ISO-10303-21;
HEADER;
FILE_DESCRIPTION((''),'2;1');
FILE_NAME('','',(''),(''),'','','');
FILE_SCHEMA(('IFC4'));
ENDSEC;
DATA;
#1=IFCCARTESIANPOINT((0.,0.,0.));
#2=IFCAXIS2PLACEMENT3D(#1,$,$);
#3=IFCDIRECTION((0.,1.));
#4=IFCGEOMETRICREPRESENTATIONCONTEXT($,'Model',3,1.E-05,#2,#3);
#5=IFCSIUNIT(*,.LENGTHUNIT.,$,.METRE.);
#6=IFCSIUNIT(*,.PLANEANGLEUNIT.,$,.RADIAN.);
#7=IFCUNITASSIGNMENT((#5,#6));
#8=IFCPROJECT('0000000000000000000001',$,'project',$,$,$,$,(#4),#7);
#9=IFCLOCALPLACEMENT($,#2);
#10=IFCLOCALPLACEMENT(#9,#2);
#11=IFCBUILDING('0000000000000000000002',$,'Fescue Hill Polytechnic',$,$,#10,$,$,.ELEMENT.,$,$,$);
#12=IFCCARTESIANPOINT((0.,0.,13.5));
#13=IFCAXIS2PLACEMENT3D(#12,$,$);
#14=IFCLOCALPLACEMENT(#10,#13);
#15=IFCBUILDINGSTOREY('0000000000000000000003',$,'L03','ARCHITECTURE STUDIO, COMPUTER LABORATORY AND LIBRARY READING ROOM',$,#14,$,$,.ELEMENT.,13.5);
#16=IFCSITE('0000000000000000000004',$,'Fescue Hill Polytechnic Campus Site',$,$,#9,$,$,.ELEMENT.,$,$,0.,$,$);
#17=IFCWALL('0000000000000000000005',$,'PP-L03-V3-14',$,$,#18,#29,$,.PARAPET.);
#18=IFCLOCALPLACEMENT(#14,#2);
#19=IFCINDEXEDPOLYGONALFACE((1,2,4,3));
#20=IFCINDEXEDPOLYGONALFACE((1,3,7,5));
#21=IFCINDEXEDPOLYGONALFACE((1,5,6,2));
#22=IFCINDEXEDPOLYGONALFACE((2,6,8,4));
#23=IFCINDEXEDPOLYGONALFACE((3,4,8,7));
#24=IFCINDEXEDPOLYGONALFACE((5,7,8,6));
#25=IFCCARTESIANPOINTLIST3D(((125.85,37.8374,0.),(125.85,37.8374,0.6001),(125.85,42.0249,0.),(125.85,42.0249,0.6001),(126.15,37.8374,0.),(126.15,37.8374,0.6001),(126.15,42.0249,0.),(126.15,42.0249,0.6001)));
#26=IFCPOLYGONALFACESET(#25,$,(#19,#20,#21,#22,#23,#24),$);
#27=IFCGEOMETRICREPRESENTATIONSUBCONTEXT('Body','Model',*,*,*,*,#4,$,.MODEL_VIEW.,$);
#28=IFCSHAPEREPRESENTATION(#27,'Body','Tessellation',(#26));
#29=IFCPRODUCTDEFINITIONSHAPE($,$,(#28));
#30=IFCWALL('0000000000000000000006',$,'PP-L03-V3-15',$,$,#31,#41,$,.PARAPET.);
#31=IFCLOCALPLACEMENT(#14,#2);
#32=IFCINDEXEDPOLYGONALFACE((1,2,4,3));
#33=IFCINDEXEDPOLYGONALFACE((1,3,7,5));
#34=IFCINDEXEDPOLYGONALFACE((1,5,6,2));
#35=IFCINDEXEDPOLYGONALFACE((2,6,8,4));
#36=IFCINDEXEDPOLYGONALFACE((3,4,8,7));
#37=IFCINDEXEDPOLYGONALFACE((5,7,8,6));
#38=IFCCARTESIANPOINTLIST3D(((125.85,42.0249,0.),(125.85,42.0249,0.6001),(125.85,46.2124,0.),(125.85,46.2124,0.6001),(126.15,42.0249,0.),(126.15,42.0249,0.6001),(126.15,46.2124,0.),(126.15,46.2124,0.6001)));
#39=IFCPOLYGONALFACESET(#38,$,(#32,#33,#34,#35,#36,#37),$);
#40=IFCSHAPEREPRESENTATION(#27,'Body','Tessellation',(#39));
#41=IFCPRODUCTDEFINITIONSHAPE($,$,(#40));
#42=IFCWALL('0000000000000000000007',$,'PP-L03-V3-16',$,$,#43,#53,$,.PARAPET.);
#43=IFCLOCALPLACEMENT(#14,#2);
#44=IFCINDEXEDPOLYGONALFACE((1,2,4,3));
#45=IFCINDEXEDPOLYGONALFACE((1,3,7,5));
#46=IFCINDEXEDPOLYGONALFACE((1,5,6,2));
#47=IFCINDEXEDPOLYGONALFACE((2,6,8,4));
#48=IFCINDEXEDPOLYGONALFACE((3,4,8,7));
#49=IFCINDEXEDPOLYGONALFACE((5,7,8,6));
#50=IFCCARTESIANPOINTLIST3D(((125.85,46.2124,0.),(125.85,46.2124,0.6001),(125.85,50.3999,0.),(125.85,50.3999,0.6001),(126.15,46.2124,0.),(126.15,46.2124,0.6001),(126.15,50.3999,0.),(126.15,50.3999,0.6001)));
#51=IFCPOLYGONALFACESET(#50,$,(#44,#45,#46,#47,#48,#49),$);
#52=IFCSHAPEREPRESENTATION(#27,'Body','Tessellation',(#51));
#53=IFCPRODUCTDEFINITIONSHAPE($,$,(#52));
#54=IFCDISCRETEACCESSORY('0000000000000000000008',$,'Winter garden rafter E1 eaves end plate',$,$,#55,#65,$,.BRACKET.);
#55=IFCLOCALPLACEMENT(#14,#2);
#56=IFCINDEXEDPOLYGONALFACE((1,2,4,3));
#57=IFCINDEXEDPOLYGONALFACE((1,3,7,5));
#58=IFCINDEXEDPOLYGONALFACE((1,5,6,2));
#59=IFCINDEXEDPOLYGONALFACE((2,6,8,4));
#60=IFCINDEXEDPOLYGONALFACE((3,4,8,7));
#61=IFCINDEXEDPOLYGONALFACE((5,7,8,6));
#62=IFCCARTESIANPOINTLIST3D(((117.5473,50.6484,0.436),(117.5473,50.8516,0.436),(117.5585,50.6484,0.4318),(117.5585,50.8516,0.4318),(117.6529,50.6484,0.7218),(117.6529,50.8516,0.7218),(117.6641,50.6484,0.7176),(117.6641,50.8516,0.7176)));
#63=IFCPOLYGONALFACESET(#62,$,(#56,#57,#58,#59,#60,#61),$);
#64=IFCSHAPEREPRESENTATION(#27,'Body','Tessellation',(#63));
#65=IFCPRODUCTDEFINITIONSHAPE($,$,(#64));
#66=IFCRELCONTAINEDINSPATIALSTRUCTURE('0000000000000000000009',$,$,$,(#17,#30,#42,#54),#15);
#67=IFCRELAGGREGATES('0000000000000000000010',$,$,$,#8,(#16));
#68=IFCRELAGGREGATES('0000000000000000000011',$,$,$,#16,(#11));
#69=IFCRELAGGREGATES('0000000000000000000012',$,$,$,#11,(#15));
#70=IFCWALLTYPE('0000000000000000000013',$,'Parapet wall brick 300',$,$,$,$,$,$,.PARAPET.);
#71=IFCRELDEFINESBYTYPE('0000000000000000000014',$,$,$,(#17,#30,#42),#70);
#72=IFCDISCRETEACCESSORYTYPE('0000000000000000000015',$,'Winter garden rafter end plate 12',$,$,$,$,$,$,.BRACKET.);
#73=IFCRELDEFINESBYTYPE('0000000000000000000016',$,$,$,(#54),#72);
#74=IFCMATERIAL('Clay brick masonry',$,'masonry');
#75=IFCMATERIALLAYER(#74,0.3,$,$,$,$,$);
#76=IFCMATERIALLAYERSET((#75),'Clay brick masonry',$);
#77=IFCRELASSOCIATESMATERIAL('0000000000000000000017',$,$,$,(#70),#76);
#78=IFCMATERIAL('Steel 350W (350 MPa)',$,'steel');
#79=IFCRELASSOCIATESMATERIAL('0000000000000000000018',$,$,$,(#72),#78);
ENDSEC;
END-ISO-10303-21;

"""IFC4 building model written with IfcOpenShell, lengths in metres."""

from ifc_helpers import new_model, si_unit, direction, frame, frame_2d, origin, origin_2d, place, context, subcontext, project, spatial, rectangle, extrude, material, layer, layer_set, material_profile, profile_set, type_object, element, save


model = new_model("IFC4")

# Units and contexts
model_context = context("Model", 3, precision=1e-05, world=origin(), true_north=direction((0.0, 1.0)))
body_context = subcontext(model_context, "Body", "Model", "MODEL_VIEW")
ifc_project = project(units=[si_unit("LENGTHUNIT", "METRE"), si_unit("PLANEANGLEUNIT", "RADIAN")], contexts=[model_context])

# Site, building, storey
site_placement = place(None, origin())
site = spatial("IfcSite", under=ifc_project, at=site_placement, Name="Fescue Hill Polytechnic Campus Site", CompositionType="ELEMENT", RefElevation=0.0)
building_placement = place(site_placement, origin())
building = spatial("IfcBuilding", under=site, at=building_placement, Name="Fescue Hill Polytechnic", CompositionType="ELEMENT")
storey_placement = place(building_placement, frame((0.0, 0.0, 13.5)))
storey = spatial("IfcBuildingStorey", under=building, at=storey_placement, Name="L03", Description="ARCHITECTURE STUDIO, COMPUTER LABORATORY AND LIBRARY READING ROOM", CompositionType="ELEMENT", Elevation=13.5)

# Shared definitions
ifc_material_1 = material(Name="Steel 350W (350 MPa)", Category="steel")

# Walls
ifc_material_2 = material(Name="Clay brick masonry", Category="masonry")
ifc_layer_1 = layer(ifc_material_2, 0.3)
ifc_layer_set_1 = layer_set([ifc_layer_1], Name="Clay brick masonry")
wall_type_1 = type_object("IfcWallType", Name="Parapet wall brick 300", PredefinedType="PARAPET", material=ifc_layer_set_1)
for number, where, z_axis, x_axis, name in (
    (1, (126.0, 37.8374, 0.0), (0.0, 0.0, 1.0), (0.0, 1.0, 0.0), "PP-L03-V3-14"),
    (2, (126.0, 42.0249, 0.0), (0.0, 0.0, 1.0), (0.0, 1.0, 0.0), "PP-L03-V3-15"),
    (3, (126.0, 46.2124, 0.0), (0.0, 0.0, 1.0), (0.0, 1.0, 0.0), "PP-L03-V3-16"),
):
    element("IfcWall", number, at=place(storey_placement, frame(where, z_axis=z_axis, x_axis=x_axis)), inside=storey, type_object=wall_type_1, Name=name, PredefinedType="PARAPET", context=body_context, shape_type="SweptSolid", body=[
        extrude(rectangle(XDim=4.1875, YDim=0.3, at=frame_2d((2.0938, 0.0))), origin(), (0.0, 0.0, 1.0), 0.6001),
    ])

# Discrete accessory
ifc_material_profile_1 = material_profile(ifc_material_1, rectangle(XDim=0.2031, YDim=0.3047, at=origin_2d()), Name="Winter garden rafter end plate 12")
ifc_profile_set_1 = profile_set([ifc_material_profile_1], Name="Steel 350W (350 MPa)")
discrete_accessory_type = type_object("IfcDiscreteAccessoryType", Name="Winter garden rafter end plate 12", PredefinedType="BRACKET", material=ifc_profile_set_1)
discrete_accessory_placement = place(storey_placement, frame((117.6113, 50.75, 0.5747), z_axis=(-0.937994, 0.0, 0.34665), x_axis=(0.0, -1.0, 0.0)))
element("IfcDiscreteAccessory", 4, at=discrete_accessory_placement, inside=storey, type_object=discrete_accessory_type, Name="Winter garden rafter E1 eaves end plate", PredefinedType="BRACKET", context=body_context, shape_type="SweptSolid", body=[
    extrude(rectangle(XDim=0.2031, YDim=0.3047, at=origin_2d()), origin(), (0.0, 0.0, 1.0), 0.012),
])

save(model, "model.ifc")
